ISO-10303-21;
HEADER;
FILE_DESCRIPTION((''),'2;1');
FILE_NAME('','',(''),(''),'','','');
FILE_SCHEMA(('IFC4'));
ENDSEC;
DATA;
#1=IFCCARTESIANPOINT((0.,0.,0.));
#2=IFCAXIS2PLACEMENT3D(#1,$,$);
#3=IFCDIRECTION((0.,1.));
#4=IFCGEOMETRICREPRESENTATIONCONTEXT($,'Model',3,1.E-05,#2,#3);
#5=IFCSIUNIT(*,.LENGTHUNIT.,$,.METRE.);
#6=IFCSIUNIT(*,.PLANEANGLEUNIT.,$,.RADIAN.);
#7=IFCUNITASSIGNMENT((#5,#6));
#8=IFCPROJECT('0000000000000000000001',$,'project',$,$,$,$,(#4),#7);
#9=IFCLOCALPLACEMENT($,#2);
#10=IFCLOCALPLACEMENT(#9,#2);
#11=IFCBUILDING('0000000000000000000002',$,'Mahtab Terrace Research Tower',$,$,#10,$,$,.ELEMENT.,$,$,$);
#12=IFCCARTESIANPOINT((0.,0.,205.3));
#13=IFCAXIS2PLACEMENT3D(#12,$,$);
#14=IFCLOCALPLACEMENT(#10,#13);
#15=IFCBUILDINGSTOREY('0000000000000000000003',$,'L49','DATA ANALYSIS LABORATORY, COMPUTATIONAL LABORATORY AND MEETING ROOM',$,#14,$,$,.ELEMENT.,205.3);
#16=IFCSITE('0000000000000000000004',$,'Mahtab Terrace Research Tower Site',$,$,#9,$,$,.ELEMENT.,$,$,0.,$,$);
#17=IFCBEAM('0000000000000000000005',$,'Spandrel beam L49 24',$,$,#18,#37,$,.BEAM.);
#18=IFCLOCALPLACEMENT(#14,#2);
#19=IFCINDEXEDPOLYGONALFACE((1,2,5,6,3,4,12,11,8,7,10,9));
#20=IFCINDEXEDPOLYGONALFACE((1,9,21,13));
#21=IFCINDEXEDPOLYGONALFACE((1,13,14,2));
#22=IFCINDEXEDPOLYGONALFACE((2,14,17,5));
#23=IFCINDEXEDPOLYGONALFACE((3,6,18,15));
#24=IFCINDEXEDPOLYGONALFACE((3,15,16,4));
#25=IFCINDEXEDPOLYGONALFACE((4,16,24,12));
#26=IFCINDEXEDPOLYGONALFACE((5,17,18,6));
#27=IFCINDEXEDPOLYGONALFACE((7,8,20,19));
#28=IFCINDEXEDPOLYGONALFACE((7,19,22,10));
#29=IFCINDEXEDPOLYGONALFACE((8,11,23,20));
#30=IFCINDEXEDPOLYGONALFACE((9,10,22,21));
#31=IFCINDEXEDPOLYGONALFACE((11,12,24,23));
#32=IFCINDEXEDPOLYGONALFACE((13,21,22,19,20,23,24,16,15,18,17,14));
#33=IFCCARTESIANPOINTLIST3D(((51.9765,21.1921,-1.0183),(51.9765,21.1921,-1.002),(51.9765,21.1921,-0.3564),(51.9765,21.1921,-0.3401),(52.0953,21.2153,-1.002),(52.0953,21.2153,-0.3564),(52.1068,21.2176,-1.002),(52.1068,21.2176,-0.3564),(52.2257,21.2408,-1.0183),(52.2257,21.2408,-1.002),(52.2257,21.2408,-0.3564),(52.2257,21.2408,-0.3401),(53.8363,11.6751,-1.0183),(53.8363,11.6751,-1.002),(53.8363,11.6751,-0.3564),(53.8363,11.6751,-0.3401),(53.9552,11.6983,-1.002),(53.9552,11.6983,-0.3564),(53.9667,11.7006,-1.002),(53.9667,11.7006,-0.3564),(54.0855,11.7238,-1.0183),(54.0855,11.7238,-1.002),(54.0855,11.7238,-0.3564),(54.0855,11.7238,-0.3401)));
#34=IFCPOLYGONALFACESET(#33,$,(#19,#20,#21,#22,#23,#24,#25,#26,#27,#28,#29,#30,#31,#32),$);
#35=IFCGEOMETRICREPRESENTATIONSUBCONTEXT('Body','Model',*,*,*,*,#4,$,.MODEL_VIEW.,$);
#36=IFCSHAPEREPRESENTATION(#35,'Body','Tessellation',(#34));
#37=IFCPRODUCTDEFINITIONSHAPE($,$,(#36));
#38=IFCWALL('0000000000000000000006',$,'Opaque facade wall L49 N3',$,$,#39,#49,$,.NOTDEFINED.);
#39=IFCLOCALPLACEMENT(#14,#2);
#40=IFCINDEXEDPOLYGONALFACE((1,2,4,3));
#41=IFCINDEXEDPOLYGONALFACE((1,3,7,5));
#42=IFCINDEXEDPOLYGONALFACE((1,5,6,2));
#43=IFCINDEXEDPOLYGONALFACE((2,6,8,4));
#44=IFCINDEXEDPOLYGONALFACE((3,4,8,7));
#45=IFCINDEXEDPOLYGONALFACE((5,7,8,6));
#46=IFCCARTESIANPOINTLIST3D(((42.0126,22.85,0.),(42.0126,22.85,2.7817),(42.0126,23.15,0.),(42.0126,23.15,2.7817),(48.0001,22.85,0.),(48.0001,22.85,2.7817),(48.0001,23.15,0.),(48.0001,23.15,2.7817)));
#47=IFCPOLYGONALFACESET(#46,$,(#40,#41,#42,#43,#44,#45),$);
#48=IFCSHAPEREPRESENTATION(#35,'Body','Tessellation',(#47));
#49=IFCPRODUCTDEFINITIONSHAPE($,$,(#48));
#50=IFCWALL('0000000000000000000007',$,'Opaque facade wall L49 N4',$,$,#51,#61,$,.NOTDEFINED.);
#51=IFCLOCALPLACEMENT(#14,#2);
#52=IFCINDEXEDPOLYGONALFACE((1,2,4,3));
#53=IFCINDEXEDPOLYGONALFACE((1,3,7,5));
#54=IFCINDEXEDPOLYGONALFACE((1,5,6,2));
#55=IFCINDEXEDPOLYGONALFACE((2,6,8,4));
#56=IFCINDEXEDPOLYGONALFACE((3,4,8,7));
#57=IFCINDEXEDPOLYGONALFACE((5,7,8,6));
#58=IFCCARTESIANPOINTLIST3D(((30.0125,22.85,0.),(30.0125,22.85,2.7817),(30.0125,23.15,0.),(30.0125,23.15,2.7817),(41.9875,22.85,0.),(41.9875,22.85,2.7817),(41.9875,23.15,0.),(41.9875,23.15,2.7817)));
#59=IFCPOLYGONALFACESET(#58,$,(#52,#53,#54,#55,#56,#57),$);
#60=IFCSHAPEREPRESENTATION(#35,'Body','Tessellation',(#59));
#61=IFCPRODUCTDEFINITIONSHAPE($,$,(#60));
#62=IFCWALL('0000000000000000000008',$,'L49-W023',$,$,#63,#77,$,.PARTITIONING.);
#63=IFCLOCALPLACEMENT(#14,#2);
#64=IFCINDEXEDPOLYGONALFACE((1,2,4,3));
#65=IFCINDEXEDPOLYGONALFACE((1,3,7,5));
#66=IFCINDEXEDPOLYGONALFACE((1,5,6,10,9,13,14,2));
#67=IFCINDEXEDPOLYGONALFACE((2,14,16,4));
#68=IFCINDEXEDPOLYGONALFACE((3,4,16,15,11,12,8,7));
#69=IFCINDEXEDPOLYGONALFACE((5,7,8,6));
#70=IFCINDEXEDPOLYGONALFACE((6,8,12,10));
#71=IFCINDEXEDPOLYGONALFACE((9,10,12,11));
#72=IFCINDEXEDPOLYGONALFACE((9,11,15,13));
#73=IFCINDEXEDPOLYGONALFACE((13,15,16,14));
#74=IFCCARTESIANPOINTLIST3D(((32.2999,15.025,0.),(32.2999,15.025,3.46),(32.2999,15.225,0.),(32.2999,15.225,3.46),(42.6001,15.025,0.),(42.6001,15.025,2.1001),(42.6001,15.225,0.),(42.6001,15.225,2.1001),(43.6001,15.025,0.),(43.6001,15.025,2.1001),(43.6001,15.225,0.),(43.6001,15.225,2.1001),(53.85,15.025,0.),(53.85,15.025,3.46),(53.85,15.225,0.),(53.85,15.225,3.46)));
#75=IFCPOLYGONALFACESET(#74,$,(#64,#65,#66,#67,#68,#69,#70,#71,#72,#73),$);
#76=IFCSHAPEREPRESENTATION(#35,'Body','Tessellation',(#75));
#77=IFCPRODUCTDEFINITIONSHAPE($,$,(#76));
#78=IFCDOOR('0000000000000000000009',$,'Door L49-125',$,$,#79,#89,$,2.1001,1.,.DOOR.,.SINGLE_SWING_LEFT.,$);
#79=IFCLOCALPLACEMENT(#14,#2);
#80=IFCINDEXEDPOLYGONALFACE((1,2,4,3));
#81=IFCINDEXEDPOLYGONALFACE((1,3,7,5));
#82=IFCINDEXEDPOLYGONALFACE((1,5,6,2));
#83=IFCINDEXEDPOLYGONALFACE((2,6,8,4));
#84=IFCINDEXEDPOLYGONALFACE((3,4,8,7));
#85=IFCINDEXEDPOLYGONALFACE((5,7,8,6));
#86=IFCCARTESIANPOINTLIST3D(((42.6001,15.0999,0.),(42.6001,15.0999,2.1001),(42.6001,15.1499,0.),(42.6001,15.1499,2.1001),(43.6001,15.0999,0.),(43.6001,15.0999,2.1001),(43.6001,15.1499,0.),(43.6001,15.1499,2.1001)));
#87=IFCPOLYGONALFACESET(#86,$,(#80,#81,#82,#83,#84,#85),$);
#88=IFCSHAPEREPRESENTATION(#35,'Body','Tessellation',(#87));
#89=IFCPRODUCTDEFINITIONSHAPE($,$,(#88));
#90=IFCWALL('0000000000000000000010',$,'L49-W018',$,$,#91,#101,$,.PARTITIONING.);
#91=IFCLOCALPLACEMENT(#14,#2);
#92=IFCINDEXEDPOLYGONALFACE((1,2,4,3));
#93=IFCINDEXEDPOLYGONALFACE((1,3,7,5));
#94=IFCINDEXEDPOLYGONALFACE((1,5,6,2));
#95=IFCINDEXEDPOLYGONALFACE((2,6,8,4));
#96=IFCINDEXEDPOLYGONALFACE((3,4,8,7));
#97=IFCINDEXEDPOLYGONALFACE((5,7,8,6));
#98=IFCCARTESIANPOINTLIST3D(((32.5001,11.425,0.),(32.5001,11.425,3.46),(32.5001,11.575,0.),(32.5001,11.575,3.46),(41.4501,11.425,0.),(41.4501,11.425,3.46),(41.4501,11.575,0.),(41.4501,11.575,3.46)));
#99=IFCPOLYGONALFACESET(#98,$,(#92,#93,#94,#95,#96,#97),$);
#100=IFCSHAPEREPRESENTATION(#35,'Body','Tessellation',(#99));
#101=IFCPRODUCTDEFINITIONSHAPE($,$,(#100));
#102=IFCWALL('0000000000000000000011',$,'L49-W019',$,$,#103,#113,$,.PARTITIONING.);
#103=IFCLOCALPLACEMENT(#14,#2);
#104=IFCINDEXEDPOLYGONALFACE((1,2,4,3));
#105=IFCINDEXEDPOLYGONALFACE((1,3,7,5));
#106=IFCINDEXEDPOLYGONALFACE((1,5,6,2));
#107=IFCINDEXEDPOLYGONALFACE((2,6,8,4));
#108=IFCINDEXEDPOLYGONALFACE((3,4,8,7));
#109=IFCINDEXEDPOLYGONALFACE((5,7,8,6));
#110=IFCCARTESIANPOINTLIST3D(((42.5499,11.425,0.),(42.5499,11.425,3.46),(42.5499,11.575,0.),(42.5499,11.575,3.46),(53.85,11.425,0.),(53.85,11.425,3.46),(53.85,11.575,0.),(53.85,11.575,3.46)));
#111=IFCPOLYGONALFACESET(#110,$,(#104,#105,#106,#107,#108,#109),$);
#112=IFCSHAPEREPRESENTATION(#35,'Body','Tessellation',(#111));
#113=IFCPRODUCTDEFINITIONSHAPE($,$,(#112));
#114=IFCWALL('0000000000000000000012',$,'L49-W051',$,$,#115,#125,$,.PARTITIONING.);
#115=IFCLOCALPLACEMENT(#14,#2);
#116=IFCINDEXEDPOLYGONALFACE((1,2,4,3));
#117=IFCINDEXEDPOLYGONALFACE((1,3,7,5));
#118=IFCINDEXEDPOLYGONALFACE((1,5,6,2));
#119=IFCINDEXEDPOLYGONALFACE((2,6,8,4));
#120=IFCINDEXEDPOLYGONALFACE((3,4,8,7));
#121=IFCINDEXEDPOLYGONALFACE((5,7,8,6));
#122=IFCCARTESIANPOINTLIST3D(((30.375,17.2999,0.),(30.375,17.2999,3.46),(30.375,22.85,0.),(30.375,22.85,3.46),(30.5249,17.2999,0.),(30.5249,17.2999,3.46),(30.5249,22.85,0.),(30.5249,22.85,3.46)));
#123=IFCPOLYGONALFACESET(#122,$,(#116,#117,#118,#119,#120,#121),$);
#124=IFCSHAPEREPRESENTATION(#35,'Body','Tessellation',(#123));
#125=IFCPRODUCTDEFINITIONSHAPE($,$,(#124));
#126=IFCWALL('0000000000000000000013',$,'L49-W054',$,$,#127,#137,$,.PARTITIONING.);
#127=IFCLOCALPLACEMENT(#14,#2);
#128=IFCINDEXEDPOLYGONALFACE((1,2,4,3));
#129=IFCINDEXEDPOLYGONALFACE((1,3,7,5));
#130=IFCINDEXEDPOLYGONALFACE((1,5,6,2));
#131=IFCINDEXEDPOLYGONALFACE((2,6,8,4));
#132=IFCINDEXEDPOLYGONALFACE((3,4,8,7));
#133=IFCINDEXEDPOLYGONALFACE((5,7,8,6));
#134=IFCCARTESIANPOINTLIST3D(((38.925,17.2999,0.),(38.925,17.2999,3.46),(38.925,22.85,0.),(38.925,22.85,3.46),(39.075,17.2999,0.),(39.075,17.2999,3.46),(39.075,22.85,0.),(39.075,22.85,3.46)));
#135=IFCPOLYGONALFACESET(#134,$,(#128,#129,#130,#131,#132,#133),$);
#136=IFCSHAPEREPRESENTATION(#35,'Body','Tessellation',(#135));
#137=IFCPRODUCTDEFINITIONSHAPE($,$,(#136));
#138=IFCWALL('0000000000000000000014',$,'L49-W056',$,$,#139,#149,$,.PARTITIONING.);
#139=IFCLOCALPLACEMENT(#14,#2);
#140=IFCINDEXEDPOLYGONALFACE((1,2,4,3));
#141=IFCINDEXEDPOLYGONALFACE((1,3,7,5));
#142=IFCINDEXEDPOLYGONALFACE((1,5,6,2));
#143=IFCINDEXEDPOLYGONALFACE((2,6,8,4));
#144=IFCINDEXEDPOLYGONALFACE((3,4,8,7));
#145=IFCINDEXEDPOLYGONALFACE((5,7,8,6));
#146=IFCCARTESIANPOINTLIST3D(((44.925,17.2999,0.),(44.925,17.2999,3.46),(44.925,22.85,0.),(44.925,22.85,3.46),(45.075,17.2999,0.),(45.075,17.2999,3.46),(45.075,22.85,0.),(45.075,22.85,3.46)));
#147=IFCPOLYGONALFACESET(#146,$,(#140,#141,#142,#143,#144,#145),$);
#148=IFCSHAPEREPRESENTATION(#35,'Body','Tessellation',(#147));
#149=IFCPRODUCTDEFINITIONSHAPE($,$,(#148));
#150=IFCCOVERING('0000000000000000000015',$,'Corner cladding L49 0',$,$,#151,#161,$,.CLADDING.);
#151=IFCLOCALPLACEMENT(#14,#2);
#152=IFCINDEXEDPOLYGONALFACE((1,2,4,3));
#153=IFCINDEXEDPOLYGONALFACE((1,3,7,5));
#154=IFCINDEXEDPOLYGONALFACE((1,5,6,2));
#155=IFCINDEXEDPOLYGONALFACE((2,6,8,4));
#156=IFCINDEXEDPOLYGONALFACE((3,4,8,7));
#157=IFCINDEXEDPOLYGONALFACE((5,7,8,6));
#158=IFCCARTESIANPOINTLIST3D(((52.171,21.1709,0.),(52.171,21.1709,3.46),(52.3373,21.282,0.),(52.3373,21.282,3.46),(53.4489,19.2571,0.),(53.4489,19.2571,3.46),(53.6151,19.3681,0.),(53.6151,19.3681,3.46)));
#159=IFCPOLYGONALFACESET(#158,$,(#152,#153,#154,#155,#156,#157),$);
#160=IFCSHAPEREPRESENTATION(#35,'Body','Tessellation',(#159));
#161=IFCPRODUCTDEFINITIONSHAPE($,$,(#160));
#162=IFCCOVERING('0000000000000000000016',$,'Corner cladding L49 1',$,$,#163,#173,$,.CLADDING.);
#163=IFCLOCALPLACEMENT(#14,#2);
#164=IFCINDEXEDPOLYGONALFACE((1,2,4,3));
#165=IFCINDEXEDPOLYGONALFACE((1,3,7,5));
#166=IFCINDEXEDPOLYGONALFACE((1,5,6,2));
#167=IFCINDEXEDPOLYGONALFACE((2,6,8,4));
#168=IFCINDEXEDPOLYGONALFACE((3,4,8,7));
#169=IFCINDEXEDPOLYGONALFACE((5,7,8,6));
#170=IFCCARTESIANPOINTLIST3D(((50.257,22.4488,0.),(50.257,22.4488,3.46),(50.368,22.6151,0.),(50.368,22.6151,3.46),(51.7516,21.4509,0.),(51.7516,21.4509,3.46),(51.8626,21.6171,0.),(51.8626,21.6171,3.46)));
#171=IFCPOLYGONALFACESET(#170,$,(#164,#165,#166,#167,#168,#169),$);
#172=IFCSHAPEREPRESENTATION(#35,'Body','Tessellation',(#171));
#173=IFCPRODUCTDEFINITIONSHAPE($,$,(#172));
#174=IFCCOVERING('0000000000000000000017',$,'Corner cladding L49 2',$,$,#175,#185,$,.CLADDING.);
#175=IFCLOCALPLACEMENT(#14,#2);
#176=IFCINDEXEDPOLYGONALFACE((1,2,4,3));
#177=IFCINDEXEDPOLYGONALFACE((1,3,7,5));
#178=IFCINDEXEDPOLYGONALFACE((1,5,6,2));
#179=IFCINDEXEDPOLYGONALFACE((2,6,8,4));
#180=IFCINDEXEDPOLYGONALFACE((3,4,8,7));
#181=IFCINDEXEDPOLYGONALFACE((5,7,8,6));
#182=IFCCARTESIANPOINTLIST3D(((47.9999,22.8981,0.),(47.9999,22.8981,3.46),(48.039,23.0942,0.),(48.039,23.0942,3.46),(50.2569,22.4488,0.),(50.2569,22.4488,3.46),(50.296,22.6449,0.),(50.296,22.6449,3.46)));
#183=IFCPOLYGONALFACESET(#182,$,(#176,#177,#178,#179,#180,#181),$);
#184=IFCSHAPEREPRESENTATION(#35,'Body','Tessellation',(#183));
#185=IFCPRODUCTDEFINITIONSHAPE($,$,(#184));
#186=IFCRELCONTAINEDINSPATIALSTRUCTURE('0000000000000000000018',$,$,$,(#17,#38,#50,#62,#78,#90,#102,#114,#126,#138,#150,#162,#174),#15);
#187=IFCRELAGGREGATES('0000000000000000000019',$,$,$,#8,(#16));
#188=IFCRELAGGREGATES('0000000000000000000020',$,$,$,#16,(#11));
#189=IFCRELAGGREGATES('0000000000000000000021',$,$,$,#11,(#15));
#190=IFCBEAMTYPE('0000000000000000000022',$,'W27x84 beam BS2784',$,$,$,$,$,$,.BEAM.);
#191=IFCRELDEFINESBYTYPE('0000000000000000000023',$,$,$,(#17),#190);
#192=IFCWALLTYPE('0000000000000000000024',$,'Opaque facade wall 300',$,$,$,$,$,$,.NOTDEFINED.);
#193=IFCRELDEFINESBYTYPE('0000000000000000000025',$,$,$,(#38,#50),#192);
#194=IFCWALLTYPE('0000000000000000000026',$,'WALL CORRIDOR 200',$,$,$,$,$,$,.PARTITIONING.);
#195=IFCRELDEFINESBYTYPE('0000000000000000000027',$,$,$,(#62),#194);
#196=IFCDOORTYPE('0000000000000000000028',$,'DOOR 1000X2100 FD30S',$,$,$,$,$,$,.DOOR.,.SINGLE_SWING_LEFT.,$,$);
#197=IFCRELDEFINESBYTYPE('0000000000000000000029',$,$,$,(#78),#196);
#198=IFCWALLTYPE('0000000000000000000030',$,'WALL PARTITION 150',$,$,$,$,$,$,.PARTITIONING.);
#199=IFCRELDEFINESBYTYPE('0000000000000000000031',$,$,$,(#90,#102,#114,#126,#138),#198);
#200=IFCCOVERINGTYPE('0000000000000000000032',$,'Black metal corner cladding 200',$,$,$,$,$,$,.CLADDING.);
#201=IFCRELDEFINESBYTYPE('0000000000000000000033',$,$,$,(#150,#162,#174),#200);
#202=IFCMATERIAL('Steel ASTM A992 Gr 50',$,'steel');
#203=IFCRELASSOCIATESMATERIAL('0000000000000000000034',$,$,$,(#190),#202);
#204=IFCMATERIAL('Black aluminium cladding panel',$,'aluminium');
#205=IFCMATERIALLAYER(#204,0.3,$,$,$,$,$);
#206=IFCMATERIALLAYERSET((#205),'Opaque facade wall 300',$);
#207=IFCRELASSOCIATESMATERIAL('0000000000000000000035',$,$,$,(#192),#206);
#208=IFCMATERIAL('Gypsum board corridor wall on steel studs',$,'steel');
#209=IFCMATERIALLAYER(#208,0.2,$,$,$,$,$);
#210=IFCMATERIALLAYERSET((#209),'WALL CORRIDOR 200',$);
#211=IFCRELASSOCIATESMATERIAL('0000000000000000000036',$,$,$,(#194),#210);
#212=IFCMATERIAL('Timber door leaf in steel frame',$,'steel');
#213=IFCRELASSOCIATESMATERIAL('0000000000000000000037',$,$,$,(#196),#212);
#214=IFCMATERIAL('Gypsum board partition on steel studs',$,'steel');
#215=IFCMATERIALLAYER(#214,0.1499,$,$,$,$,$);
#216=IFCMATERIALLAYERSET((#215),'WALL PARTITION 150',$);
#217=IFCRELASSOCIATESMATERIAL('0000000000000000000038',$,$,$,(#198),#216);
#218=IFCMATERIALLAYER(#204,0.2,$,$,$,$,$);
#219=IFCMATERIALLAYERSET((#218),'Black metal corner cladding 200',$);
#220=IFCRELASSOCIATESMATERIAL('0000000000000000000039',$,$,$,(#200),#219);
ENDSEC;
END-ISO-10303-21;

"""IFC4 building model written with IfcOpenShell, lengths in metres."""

from ifc_helpers import new_model, si_unit, direction, frame, frame_2d, origin, origin_2d, place, context, subcontext, project, spatial, rectangle, i_section, extrude, material, layer, layer_set, material_profile, profile_set, type_object, element, fill, save


model = new_model("IFC4")

# Units and contexts
model_context = context("Model", 3, precision=1e-05, world=origin(), true_north=direction((0.0, 1.0)))
body_context = subcontext(model_context, "Body", "Model", "MODEL_VIEW")
ifc_project = project(units=[si_unit("LENGTHUNIT", "METRE"), si_unit("PLANEANGLEUNIT", "RADIAN")], contexts=[model_context])

# Site, building, storey
site_placement = place(None, origin())
site = spatial("IfcSite", under=ifc_project, at=site_placement, Name="Mahtab Terrace Research Tower Site", CompositionType="ELEMENT", RefElevation=0.0)
building_placement = place(site_placement, origin())
building = spatial("IfcBuilding", under=site, at=building_placement, Name="Mahtab Terrace Research Tower", CompositionType="ELEMENT")
storey_placement = place(building_placement, frame((0.0, 0.0, 205.3)))
storey = spatial("IfcBuildingStorey", under=building, at=storey_placement, Name="L49", Description="DATA ANALYSIS LABORATORY, COMPUTATIONAL LABORATORY AND MEETING ROOM", CompositionType="ELEMENT", Elevation=205.3)

# Shared definitions
ifc_material_1 = material(Name="Steel ASTM A992 Gr 50", Category="steel")

# Beam
ifc_material_profile_1 = material_profile(ifc_material_1, i_section(OverallWidth=0.2539, OverallDepth=0.6782, WebThickness=0.0117, FlangeThickness=0.0164, at=origin_2d()), Name="W27X84")
ifc_profile_set_1 = profile_set([ifc_material_profile_1], Name="Steel ASTM A992 Gr 50")
beam_type = type_object("IfcBeamType", Name="W27x84 beam BS2784", PredefinedType="BEAM", material=ifc_profile_set_1)
beam_1_placement = place(storey_placement, frame((53.9609, 11.6995, -0.6792), z_axis=(-0.191795, 0.981435, 0.0), x_axis=(-0.981435, -0.191795, 0.0)))
element("IfcBeam", 1, at=beam_1_placement, inside=storey, type_object=beam_type, Name="Spandrel beam L49 24", PredefinedType="BEAM", context=body_context, shape_type="SweptSolid", body=[
    extrude(i_section(OverallWidth=0.2539, OverallDepth=0.6782, WebThickness=0.0117, FlangeThickness=0.0164, at=origin_2d()), origin(), (0.0, 0.0, 1.0), 9.697),
])

# Walls
ifc_material_2 = material(Name="Black aluminium cladding panel", Category="aluminium")
ifc_layer_1 = layer(ifc_material_2, 0.3)
ifc_layer_set_1 = layer_set([ifc_layer_1], Name="Opaque facade wall 300")
wall_type_1 = type_object("IfcWallType", Name="Opaque facade wall 300", PredefinedType="NOTDEFINED", material=ifc_layer_set_1)
wall_1_placement = place(storey_placement, frame((48.0, 23.0, 0.0), z_axis=(0.0, 0.0, 1.0), x_axis=(-1.0, 0.0, 0.0)))
element("IfcWall", 2, at=wall_1_placement, inside=storey, type_object=wall_type_1, Name="Opaque facade wall L49 N3", PredefinedType="NOTDEFINED", context=body_context, shape_type="SweptSolid", body=[
    extrude(rectangle(XDim=5.9875, YDim=0.3, at=frame_2d((2.9937, 0.0))), origin(), (0.0, 0.0, 1.0), 2.7817),
])
wall_2_placement = place(storey_placement, frame((41.9875, 23.0, 0.0), z_axis=(0.0, 0.0, 1.0), x_axis=(-1.0, 0.0, 0.0)))
element("IfcWall", 3, at=wall_2_placement, inside=storey, type_object=wall_type_1, Name="Opaque facade wall L49 N4", PredefinedType="NOTDEFINED", context=body_context, shape_type="SweptSolid", body=[
    extrude(rectangle(XDim=11.9751, YDim=0.3, at=frame_2d((5.9875, 0.0))), origin(), (0.0, 0.0, 1.0), 2.7817),
])

# Wall, opening, door
ifc_material_3 = material(Name="Gypsum board corridor wall on steel studs", Category="steel")
ifc_layer_2 = layer(ifc_material_3, 0.2)
ifc_layer_set_2 = layer_set([ifc_layer_2], Name="WALL CORRIDOR 200")
wall_type_2 = type_object("IfcWallType", Name="WALL CORRIDOR 200", PredefinedType="PARTITIONING", material=ifc_layer_set_2)
wall_3_placement = place(storey_placement, frame((32.3, 15.125, 0.0), z_axis=(0.0, 0.0, 1.0), x_axis=(1.0, 0.0, 0.0)))
wall_3 = element("IfcWall", 4, at=wall_3_placement, inside=storey, type_object=wall_type_2, Name="L49-W023", PredefinedType="PARTITIONING", context=body_context, shape_type="SweptSolid", body=[
    extrude(rectangle(XDim=21.55, YDim=0.2, at=frame_2d((10.7749, 0.0))), origin(), (0.0, 0.0, 1.0), 3.46),
])
opening_placement = place(wall_3_placement, frame((10.3, 0.0, 0.0)))
opening = element("IfcOpeningElement", 5, at=opening_placement, cuts=wall_3, PredefinedType="OPENING", context=body_context, shape_type="SweptSolid", body=[
    extrude(rectangle(XDim=1.0, YDim=2.1001, at=frame_2d((0.5, 1.05))), frame((0.0, 0.1099, 0.0), z_axis=(0.0, -1.0, 0.0), x_axis=(1.0, 0.0, 0.0)), (0.0, 0.0, 1.0), 0.22),
])
ifc_material_4 = material(Name="Timber door leaf in steel frame", Category="steel")
door_type = type_object("IfcDoorType", Name="DOOR 1000X2100 FD30S", OperationType="SINGLE_SWING_LEFT", PredefinedType="DOOR", material=ifc_material_4)
door_placement = place(opening_placement, origin())
door = element("IfcDoor", 6, at=door_placement, inside=storey, type_object=door_type, Name="Door L49-125", OperationType="SINGLE_SWING_LEFT", OverallHeight=2.1001, OverallWidth=1.0, PredefinedType="DOOR", context=body_context, shape_type="SweptSolid", body=[
    extrude(rectangle(XDim=1.0, YDim=2.1001, at=frame_2d((0.5, 1.05))), frame((0.0, 0.0249, 0.0), z_axis=(0.0, -1.0, 0.0), x_axis=(1.0, 0.0, 0.0)), (0.0, 0.0, 1.0), 0.05),
])
fill(opening, door)

# Walls
ifc_material_5 = material(Name="Gypsum board partition on steel studs", Category="steel")
ifc_layer_3 = layer(ifc_material_5, 0.1499)
ifc_layer_set_3 = layer_set([ifc_layer_3], Name="WALL PARTITION 150")
wall_type_3 = type_object("IfcWallType", Name="WALL PARTITION 150", PredefinedType="PARTITIONING", material=ifc_layer_set_3)
wall_4_placement = place(storey_placement, frame((32.5, 11.5, 0.0), z_axis=(0.0, 0.0, 1.0), x_axis=(1.0, 0.0, 0.0)))
element("IfcWall", 7, at=wall_4_placement, inside=storey, type_object=wall_type_3, Name="L49-W018", PredefinedType="PARTITIONING", context=body_context, shape_type="SweptSolid", body=[
    extrude(rectangle(XDim=8.95, YDim=0.1499, at=frame_2d((4.4751, 0.0))), origin(), (0.0, 0.0, 1.0), 3.46),
])
wall_5_placement = place(storey_placement, frame((42.55, 11.5, 0.0), z_axis=(0.0, 0.0, 1.0), x_axis=(1.0, 0.0, 0.0)))
element("IfcWall", 8, at=wall_5_placement, inside=storey, type_object=wall_type_3, Name="L49-W019", PredefinedType="PARTITIONING", context=body_context, shape_type="SweptSolid", body=[
    extrude(rectangle(XDim=11.3, YDim=0.1499, at=frame_2d((5.6499, 0.0))), origin(), (0.0, 0.0, 1.0), 3.46),
])
for number, where, z_axis, x_axis, name in (
    (9, (30.45, 17.3, 0.0), (0.0, 0.0, 1.0), (0.0, 1.0, 0.0), "L49-W051"),
    (10, (39.0, 17.3, 0.0), (0.0, 0.0, 1.0), (0.0, 1.0, 0.0), "L49-W054"),
    (11, (45.0, 17.3, 0.0), (0.0, 0.0, 1.0), (0.0, 1.0, 0.0), "L49-W056"),
):
    element("IfcWall", number, at=place(storey_placement, frame(where, z_axis=z_axis, x_axis=x_axis)), inside=storey, type_object=wall_type_3, Name=name, PredefinedType="PARTITIONING", context=body_context, shape_type="SweptSolid", body=[
        extrude(rectangle(XDim=5.55, YDim=0.1499, at=frame_2d((2.7749, 0.0))), origin(), (0.0, 0.0, 1.0), 3.46),
    ])

# Coverings
ifc_layer_4 = layer(ifc_material_2, 0.2)
ifc_layer_set_4 = layer_set([ifc_layer_4], Name="Black metal corner cladding 200")
covering_type = type_object("IfcCoveringType", Name="Black metal corner cladding 200", PredefinedType="CLADDING", material=ifc_layer_set_4)
covering_1_placement = place(storey_placement, frame((52.8931, 20.2695, 0.0), z_axis=(0.0, 0.0, 1.0), x_axis=(-0.555291, 0.831656, 0.0)))
element("IfcCovering", 12, at=covering_1_placement, inside=storey, type_object=covering_type, Name="Corner cladding L49 0", PredefinedType="CLADDING", context=body_context, shape_type="SweptSolid", body=[
    extrude(rectangle(XDim=2.3013, YDim=0.2, at=origin_2d()), origin(), (0.0, 0.0, 1.0), 3.46),
])
covering_2_placement = place(storey_placement, frame((51.0598, 22.033, 0.0), z_axis=(0.0, 0.0, 1.0), x_axis=(-0.831656, 0.555291, 0.0)))
element("IfcCovering", 13, at=covering_2_placement, inside=storey, type_object=covering_type, Name="Corner cladding L49 1", PredefinedType="CLADDING", context=body_context, shape_type="SweptSolid", body=[
    extrude(rectangle(XDim=1.7971, YDim=0.2, at=origin_2d()), origin(), (0.0, 0.0, 1.0), 3.46),
])
for number, where, z_axis, x_axis, name in (
    (14, (49.1479, 22.7715, 0.0), (0.0, 0.0, 1.0), (-0.980761, 0.195212, 0.0), "Corner cladding L49 2"),
):
    element("IfcCovering", number, at=place(storey_placement, frame(where, z_axis=z_axis, x_axis=x_axis)), inside=storey, type_object=covering_type, Name=name, PredefinedType="CLADDING", context=body_context, shape_type="SweptSolid", body=[
        extrude(rectangle(XDim=2.3013, YDim=0.2, at=origin_2d()), origin(), (0.0, 0.0, 1.0), 3.46),
    ])

save(model, "model.ifc")
